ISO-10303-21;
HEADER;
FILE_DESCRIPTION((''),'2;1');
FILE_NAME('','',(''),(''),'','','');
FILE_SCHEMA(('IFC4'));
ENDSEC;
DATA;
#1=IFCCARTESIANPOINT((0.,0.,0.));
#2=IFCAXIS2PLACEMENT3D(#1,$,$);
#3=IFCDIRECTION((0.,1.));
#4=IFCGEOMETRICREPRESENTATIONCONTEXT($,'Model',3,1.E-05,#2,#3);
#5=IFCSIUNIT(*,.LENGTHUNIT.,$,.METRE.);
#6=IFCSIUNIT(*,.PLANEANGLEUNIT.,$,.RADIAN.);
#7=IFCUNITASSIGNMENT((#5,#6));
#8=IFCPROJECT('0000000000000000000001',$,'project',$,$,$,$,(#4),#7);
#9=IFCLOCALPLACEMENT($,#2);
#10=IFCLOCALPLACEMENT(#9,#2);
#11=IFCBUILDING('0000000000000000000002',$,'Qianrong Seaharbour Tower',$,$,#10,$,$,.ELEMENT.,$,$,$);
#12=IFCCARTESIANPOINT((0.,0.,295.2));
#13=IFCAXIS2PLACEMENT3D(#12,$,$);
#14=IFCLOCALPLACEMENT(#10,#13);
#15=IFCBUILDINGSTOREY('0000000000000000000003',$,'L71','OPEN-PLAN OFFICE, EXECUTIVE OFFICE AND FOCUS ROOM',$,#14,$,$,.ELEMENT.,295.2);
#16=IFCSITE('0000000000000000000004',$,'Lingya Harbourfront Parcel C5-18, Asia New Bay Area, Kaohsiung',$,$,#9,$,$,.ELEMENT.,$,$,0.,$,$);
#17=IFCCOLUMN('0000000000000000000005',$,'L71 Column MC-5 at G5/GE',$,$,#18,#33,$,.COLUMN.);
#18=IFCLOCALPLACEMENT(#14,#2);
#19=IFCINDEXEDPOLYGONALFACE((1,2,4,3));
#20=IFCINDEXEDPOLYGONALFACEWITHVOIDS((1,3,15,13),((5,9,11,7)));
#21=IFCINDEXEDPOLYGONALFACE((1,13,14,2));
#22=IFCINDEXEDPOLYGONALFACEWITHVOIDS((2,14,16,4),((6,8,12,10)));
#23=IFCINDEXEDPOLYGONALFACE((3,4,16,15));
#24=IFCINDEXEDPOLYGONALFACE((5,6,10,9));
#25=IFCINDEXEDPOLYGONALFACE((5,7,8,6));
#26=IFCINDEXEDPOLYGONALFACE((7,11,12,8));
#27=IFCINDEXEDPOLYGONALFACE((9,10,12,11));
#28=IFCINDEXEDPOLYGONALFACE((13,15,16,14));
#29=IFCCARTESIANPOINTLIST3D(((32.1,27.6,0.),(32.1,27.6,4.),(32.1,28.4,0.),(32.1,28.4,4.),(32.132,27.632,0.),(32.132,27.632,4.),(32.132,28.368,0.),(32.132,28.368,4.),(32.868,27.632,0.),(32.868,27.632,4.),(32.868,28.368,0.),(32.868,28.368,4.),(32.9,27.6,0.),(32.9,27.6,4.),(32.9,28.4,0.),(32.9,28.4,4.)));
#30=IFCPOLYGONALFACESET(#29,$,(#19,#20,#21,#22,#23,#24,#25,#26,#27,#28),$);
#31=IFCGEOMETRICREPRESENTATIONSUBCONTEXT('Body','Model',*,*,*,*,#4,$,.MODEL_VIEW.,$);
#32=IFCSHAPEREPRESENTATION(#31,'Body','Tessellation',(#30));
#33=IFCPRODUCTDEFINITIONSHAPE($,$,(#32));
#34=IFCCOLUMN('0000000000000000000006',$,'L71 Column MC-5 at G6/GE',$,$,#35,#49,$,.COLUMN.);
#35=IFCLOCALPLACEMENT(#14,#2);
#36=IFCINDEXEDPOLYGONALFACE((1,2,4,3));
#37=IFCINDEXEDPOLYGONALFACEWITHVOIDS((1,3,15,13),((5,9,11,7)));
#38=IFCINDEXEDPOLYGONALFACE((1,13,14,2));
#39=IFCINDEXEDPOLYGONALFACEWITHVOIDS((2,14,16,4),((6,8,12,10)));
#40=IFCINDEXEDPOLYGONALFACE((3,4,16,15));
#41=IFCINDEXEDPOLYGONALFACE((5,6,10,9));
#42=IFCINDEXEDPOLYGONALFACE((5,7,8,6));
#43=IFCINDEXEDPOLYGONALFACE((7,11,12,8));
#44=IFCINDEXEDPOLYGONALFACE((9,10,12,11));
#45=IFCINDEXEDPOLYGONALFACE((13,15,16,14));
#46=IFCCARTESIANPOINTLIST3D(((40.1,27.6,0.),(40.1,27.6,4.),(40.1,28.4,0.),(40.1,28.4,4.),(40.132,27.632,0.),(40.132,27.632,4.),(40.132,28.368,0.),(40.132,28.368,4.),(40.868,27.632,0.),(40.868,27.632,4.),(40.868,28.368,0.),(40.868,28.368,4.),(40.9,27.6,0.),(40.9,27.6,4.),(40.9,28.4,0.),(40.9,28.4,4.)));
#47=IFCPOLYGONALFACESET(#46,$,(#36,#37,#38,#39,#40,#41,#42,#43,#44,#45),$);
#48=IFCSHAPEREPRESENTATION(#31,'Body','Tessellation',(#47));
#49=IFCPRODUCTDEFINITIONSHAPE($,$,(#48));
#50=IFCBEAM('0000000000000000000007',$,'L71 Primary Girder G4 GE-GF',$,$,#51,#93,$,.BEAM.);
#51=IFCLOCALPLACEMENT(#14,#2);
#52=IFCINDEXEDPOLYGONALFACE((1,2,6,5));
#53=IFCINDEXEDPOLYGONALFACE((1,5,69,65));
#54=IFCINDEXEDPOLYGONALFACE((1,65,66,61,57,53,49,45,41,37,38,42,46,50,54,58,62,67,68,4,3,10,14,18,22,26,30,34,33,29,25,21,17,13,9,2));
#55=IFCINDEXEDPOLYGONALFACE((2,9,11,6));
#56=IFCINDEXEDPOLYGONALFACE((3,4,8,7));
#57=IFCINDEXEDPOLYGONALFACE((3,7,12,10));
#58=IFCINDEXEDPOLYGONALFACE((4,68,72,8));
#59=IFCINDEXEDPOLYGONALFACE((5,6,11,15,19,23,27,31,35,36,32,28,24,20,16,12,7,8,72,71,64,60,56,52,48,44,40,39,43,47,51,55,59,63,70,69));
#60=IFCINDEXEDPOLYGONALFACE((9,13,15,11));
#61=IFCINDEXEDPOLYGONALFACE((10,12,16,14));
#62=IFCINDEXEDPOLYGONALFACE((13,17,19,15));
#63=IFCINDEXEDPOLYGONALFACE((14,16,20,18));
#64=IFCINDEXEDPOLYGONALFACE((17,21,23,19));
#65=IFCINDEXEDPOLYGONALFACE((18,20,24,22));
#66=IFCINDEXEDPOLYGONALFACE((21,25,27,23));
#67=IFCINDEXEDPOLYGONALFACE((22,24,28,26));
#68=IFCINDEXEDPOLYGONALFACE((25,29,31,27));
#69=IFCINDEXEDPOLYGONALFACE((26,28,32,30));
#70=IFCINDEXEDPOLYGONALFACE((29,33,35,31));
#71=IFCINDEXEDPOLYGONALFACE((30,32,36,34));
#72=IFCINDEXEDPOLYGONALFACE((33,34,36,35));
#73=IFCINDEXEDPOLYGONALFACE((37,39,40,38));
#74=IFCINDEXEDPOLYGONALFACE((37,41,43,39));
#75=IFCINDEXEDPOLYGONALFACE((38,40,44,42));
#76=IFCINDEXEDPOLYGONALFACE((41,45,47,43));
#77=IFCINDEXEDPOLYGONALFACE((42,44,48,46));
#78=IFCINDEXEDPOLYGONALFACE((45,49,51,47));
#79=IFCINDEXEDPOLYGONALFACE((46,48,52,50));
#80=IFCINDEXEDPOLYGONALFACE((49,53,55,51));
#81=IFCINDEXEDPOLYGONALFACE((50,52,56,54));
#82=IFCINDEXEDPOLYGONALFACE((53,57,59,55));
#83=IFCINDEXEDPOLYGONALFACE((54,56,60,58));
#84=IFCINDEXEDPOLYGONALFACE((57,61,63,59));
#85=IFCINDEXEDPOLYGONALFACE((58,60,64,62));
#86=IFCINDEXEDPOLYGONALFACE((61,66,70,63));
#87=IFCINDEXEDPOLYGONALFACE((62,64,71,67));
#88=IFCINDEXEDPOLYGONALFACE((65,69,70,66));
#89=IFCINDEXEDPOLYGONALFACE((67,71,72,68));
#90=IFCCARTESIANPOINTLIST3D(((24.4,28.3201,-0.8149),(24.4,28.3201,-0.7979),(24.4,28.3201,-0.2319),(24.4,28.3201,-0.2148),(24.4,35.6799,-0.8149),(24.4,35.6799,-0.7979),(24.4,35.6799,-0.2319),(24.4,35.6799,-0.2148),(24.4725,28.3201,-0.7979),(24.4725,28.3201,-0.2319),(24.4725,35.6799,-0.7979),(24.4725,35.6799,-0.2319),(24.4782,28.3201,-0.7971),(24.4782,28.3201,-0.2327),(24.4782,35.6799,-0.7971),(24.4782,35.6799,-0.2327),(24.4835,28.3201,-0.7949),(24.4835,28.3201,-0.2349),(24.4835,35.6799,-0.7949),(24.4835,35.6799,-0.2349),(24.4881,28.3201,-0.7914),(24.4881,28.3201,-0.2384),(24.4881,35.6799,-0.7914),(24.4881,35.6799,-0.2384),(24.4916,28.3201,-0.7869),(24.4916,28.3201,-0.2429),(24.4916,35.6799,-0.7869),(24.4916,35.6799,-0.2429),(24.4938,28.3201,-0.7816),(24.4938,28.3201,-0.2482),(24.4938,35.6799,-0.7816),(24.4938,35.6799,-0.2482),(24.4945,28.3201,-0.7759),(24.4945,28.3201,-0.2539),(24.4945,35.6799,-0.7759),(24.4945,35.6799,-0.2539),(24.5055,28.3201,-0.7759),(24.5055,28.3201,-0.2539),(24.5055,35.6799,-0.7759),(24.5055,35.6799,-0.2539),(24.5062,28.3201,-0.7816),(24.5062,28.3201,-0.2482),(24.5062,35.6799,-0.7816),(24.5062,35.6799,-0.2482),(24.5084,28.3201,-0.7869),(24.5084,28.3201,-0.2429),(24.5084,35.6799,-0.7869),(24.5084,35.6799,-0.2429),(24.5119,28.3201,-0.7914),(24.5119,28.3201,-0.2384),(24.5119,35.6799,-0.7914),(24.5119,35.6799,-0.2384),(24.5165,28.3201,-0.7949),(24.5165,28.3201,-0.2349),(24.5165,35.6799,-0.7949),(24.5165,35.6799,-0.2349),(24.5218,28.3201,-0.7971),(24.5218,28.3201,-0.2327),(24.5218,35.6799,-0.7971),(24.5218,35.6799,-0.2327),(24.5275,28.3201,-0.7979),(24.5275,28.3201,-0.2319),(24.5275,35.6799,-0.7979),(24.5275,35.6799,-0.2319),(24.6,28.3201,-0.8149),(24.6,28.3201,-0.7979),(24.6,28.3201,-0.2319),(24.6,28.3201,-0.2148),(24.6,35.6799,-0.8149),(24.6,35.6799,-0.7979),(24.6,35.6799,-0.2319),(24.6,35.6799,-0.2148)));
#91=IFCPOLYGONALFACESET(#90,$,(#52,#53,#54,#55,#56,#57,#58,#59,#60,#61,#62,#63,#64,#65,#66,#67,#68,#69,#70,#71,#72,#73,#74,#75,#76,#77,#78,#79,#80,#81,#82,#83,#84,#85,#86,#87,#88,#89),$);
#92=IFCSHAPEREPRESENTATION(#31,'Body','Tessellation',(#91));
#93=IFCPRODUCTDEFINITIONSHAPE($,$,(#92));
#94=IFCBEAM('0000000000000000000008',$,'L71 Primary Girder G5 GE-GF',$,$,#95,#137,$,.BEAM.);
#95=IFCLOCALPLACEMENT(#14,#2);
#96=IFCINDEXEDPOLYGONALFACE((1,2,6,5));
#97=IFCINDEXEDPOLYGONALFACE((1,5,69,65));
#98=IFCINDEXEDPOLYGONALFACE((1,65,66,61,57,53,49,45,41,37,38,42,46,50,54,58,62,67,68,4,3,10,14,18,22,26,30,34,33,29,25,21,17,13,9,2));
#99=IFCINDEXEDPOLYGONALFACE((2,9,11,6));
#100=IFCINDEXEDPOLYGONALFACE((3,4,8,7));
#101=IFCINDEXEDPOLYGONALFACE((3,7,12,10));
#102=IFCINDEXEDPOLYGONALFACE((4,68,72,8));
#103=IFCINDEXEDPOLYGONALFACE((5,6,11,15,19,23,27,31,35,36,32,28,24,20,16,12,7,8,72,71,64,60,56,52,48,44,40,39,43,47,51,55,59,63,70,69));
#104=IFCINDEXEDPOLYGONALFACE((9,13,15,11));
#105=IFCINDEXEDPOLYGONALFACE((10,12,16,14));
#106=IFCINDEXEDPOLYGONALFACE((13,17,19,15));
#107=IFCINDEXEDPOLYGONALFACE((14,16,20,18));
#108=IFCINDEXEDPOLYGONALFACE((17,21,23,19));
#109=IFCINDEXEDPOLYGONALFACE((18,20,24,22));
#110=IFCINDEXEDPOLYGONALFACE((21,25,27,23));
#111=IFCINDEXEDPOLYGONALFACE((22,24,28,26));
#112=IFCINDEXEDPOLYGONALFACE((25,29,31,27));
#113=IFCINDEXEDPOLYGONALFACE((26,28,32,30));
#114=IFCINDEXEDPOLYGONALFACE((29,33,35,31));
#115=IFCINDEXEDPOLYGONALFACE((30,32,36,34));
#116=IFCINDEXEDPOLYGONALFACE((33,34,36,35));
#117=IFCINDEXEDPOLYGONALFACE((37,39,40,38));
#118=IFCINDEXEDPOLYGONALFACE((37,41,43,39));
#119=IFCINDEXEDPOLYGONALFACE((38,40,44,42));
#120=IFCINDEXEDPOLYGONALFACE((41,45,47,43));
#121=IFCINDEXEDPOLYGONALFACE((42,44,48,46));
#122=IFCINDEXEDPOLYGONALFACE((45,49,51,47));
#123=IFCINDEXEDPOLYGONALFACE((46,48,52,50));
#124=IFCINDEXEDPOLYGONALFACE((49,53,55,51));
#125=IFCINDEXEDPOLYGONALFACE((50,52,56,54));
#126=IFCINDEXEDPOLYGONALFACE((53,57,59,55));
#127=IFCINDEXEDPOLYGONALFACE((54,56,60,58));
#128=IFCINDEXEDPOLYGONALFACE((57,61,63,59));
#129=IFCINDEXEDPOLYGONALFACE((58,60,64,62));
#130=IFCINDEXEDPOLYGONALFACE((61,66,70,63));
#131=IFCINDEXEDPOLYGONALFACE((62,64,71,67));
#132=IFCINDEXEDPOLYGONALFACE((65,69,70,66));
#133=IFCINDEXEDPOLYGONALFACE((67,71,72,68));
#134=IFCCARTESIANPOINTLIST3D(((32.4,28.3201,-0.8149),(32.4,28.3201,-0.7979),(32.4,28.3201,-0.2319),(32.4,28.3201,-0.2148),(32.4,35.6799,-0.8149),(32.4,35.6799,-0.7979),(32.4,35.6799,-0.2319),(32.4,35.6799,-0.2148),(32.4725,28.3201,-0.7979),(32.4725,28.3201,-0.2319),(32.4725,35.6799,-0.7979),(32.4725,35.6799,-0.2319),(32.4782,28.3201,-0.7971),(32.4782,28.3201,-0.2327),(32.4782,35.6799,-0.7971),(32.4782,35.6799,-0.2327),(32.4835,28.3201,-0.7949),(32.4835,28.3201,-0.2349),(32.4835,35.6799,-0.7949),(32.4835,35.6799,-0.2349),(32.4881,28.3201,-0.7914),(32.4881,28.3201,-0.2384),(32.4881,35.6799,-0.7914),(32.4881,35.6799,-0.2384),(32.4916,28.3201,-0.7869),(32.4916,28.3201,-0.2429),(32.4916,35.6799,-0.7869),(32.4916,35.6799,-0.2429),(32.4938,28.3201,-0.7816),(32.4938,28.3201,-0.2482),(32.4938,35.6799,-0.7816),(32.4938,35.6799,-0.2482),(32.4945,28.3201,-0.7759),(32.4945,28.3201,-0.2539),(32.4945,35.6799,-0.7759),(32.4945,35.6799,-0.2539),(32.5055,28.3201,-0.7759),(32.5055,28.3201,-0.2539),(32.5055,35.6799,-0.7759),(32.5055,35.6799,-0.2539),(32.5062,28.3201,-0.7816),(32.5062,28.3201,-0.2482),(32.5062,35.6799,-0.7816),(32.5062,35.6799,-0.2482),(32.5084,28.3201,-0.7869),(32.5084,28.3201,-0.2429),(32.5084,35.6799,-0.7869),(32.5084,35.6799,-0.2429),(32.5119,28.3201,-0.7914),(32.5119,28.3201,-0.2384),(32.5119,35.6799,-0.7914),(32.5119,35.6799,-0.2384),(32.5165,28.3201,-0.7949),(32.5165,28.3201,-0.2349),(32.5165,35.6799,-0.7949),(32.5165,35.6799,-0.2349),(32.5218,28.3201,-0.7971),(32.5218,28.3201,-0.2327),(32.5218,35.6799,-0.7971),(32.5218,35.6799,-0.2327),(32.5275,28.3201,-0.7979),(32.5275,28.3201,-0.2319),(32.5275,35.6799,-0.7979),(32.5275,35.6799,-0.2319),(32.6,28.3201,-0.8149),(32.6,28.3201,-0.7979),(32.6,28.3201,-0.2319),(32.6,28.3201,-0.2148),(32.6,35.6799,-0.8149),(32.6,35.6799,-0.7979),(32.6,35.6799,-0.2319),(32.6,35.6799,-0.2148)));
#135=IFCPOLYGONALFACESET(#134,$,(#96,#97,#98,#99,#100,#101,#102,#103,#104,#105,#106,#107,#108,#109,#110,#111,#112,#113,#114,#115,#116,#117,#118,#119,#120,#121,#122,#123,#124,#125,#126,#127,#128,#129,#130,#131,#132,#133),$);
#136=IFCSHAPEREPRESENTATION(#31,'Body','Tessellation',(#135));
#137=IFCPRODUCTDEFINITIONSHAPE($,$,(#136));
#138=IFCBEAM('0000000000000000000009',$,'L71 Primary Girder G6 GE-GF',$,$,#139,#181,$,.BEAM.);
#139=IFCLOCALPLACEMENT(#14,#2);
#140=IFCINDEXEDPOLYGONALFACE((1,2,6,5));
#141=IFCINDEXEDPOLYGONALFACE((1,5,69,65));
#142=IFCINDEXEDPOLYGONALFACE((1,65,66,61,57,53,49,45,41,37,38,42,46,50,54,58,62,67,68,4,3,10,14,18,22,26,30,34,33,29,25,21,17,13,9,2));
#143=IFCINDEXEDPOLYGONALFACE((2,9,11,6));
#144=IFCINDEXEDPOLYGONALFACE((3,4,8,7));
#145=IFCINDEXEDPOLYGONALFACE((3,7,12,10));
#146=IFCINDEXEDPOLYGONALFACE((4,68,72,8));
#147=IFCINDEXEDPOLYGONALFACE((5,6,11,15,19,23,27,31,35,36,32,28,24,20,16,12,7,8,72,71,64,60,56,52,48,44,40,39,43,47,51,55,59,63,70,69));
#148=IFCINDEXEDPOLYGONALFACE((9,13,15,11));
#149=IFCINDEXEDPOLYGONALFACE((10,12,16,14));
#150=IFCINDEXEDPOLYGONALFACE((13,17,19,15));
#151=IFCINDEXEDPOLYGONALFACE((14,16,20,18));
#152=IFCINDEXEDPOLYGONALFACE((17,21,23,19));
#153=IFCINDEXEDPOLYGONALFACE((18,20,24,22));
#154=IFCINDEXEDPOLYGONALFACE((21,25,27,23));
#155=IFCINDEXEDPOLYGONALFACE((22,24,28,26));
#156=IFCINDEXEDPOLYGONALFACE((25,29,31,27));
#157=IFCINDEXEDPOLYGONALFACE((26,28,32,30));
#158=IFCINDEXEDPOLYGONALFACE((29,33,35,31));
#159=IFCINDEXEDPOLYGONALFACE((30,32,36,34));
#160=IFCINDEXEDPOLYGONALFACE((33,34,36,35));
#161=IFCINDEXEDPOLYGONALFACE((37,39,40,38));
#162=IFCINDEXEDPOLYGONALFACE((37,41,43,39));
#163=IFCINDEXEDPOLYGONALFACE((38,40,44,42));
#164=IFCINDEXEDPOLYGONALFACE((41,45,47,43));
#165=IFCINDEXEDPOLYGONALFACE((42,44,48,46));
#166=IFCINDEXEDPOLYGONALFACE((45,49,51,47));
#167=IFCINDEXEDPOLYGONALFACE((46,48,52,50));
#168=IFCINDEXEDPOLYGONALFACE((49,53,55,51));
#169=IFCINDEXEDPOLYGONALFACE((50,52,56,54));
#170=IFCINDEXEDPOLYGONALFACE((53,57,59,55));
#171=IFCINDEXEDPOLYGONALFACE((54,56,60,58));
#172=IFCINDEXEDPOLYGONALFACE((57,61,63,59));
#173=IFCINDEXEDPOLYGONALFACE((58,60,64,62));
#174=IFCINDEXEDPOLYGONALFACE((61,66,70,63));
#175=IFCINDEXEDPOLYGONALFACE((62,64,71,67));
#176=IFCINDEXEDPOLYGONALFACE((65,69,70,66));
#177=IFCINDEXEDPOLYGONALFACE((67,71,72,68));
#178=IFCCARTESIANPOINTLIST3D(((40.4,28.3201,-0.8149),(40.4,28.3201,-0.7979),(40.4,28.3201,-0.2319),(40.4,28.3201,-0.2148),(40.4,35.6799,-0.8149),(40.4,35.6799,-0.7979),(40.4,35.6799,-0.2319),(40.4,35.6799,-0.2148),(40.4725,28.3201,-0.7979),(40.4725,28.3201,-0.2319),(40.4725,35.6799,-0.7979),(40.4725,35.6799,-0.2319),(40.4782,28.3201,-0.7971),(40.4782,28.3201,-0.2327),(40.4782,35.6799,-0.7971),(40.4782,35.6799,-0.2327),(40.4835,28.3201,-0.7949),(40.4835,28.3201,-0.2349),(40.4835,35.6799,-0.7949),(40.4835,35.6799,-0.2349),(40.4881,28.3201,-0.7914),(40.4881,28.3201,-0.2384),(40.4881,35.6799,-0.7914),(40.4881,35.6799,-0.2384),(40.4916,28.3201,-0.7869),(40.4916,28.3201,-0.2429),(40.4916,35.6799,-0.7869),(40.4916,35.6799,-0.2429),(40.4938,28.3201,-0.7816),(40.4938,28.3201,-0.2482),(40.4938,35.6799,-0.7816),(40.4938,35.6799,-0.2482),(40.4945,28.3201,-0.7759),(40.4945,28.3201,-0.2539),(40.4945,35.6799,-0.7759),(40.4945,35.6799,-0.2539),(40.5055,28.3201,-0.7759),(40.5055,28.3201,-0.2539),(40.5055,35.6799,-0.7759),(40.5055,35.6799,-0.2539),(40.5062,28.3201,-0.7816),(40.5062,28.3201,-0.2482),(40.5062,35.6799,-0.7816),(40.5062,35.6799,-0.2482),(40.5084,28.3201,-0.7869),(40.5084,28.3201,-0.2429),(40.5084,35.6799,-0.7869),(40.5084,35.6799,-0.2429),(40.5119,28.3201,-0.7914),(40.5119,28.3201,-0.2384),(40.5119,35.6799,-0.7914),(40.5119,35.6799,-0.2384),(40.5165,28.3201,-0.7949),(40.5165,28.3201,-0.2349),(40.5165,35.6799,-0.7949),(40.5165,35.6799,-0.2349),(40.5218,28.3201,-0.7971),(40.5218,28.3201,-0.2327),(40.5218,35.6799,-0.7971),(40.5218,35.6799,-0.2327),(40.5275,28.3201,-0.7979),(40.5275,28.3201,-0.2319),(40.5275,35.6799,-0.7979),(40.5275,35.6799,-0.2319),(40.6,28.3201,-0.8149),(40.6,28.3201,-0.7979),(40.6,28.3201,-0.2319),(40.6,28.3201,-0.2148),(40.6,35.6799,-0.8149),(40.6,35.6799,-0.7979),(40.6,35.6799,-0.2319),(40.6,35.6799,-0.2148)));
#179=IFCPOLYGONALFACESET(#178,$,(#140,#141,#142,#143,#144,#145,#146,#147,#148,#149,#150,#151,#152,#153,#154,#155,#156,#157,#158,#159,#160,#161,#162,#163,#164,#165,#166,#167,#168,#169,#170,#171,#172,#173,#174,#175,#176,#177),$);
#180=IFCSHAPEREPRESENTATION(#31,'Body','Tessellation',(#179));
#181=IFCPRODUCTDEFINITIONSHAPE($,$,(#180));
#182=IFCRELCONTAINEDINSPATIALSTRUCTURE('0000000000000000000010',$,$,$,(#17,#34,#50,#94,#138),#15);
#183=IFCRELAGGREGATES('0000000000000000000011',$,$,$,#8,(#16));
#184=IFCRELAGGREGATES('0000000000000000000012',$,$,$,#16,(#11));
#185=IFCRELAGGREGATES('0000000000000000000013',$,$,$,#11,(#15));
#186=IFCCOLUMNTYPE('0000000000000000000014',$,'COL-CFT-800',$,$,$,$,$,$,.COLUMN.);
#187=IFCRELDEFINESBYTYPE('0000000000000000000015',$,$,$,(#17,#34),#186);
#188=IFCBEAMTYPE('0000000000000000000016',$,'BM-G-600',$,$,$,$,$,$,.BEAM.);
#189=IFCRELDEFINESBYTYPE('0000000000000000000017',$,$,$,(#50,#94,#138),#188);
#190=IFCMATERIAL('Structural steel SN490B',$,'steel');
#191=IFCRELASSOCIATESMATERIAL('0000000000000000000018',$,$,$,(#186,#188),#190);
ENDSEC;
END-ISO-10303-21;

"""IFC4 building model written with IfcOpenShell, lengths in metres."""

from ifc_helpers import new_model, si_unit, direction, frame, origin, origin_2d, place, context, subcontext, project, spatial, hollow_rectangle, i_section, extrude, material, material_profile, profile_set, type_object, element, save


model = new_model("IFC4")

# Units and contexts
model_context = context("Model", 3, precision=1e-05, world=origin(), true_north=direction((0.0, 1.0)))
body_context = subcontext(model_context, "Body", "Model", "MODEL_VIEW")
ifc_project = project(units=[si_unit("LENGTHUNIT", "METRE"), si_unit("PLANEANGLEUNIT", "RADIAN")], contexts=[model_context])

# Site, building, storey
site_placement = place(None, origin())
site = spatial("IfcSite", under=ifc_project, at=site_placement, Name="Lingya Harbourfront Parcel C5-18, Asia New Bay Area, Kaohsiung", CompositionType="ELEMENT", RefElevation=0.0)
building_placement = place(site_placement, origin())
building = spatial("IfcBuilding", under=site, at=building_placement, Name="Qianrong Seaharbour Tower", CompositionType="ELEMENT")
storey_placement = place(building_placement, frame((0.0, 0.0, 295.2)))
storey = spatial("IfcBuildingStorey", under=building, at=storey_placement, Name="L71", Description="OPEN-PLAN OFFICE, EXECUTIVE OFFICE AND FOCUS ROOM", CompositionType="ELEMENT", Elevation=295.2)

# Columns
ifc_material_1 = material(Name="Structural steel SN490B", Category="steel")
ifc_material_profile_1 = material_profile(ifc_material_1, hollow_rectangle(XDim=0.8, YDim=0.8, WallThickness=0.032, at=origin_2d()), Name="BOX800x800x32")
ifc_profile_set_1 = profile_set([ifc_material_profile_1], Name="Structural steel SN490B")
column_type = type_object("IfcColumnType", Name="COL-CFT-800", PredefinedType="COLUMN", material=ifc_profile_set_1)
for number, where, z_axis, x_axis, name in (
    (1, (32.5, 28.0, 0.0), (0.0, 0.0, 1.0), (1.0, 0.0, 0.0), "L71 Column MC-5 at G5/GE"),
    (2, (40.5, 28.0, 0.0), (0.0, 0.0, 1.0), (1.0, 0.0, 0.0), "L71 Column MC-5 at G6/GE"),
):
    element("IfcColumn", number, at=place(storey_placement, frame(where, z_axis=z_axis, x_axis=x_axis)), inside=storey, type_object=column_type, Name=name, PredefinedType="COLUMN", context=body_context, shape_type="SweptSolid", body=[
        extrude(hollow_rectangle(XDim=0.8, YDim=0.8, WallThickness=0.032, at=origin_2d()), origin(), (0.0, 0.0, 1.0), 4.0),
    ])

# Beams
ifc_material_profile_2 = material_profile(ifc_material_1, i_section(OverallWidth=0.2, OverallDepth=0.6001, WebThickness=0.011, FlangeThickness=0.0171, FilletRadius=0.022, at=origin_2d()), Name="H600x200x11x17")
ifc_profile_set_2 = profile_set([ifc_material_profile_2], Name="Structural steel SN490B")
beam_type_1 = type_object("IfcBeamType", Name="BM-G-600", PredefinedType="BEAM", material=ifc_profile_set_2)
for number, where, z_axis, x_axis, name in (
    (3, (24.5, 28.3201, -0.5149), (0.0, 1.0, 0.0), (-1.0, 0.0, 0.0), "L71 Primary Girder G4 GE-GF"),
    (4, (32.5, 28.3201, -0.5149), (0.0, 1.0, 0.0), (-1.0, 0.0, 0.0), "L71 Primary Girder G5 GE-GF"),
    (5, (40.5, 28.3201, -0.5149), (0.0, 1.0, 0.0), (-1.0, 0.0, 0.0), "L71 Primary Girder G6 GE-GF"),
):
    element("IfcBeam", number, at=place(storey_placement, frame(where, z_axis=z_axis, x_axis=x_axis)), inside=storey, type_object=beam_type_1, Name=name, PredefinedType="BEAM", context=body_context, shape_type="SweptSolid", body=[
        extrude(i_section(OverallWidth=0.2, OverallDepth=0.6001, WebThickness=0.011, FlangeThickness=0.0171, FilletRadius=0.022, at=origin_2d()), origin(), (0.0, 0.0, 1.0), 7.3599),
    ])

save(model, "model.ifc")
